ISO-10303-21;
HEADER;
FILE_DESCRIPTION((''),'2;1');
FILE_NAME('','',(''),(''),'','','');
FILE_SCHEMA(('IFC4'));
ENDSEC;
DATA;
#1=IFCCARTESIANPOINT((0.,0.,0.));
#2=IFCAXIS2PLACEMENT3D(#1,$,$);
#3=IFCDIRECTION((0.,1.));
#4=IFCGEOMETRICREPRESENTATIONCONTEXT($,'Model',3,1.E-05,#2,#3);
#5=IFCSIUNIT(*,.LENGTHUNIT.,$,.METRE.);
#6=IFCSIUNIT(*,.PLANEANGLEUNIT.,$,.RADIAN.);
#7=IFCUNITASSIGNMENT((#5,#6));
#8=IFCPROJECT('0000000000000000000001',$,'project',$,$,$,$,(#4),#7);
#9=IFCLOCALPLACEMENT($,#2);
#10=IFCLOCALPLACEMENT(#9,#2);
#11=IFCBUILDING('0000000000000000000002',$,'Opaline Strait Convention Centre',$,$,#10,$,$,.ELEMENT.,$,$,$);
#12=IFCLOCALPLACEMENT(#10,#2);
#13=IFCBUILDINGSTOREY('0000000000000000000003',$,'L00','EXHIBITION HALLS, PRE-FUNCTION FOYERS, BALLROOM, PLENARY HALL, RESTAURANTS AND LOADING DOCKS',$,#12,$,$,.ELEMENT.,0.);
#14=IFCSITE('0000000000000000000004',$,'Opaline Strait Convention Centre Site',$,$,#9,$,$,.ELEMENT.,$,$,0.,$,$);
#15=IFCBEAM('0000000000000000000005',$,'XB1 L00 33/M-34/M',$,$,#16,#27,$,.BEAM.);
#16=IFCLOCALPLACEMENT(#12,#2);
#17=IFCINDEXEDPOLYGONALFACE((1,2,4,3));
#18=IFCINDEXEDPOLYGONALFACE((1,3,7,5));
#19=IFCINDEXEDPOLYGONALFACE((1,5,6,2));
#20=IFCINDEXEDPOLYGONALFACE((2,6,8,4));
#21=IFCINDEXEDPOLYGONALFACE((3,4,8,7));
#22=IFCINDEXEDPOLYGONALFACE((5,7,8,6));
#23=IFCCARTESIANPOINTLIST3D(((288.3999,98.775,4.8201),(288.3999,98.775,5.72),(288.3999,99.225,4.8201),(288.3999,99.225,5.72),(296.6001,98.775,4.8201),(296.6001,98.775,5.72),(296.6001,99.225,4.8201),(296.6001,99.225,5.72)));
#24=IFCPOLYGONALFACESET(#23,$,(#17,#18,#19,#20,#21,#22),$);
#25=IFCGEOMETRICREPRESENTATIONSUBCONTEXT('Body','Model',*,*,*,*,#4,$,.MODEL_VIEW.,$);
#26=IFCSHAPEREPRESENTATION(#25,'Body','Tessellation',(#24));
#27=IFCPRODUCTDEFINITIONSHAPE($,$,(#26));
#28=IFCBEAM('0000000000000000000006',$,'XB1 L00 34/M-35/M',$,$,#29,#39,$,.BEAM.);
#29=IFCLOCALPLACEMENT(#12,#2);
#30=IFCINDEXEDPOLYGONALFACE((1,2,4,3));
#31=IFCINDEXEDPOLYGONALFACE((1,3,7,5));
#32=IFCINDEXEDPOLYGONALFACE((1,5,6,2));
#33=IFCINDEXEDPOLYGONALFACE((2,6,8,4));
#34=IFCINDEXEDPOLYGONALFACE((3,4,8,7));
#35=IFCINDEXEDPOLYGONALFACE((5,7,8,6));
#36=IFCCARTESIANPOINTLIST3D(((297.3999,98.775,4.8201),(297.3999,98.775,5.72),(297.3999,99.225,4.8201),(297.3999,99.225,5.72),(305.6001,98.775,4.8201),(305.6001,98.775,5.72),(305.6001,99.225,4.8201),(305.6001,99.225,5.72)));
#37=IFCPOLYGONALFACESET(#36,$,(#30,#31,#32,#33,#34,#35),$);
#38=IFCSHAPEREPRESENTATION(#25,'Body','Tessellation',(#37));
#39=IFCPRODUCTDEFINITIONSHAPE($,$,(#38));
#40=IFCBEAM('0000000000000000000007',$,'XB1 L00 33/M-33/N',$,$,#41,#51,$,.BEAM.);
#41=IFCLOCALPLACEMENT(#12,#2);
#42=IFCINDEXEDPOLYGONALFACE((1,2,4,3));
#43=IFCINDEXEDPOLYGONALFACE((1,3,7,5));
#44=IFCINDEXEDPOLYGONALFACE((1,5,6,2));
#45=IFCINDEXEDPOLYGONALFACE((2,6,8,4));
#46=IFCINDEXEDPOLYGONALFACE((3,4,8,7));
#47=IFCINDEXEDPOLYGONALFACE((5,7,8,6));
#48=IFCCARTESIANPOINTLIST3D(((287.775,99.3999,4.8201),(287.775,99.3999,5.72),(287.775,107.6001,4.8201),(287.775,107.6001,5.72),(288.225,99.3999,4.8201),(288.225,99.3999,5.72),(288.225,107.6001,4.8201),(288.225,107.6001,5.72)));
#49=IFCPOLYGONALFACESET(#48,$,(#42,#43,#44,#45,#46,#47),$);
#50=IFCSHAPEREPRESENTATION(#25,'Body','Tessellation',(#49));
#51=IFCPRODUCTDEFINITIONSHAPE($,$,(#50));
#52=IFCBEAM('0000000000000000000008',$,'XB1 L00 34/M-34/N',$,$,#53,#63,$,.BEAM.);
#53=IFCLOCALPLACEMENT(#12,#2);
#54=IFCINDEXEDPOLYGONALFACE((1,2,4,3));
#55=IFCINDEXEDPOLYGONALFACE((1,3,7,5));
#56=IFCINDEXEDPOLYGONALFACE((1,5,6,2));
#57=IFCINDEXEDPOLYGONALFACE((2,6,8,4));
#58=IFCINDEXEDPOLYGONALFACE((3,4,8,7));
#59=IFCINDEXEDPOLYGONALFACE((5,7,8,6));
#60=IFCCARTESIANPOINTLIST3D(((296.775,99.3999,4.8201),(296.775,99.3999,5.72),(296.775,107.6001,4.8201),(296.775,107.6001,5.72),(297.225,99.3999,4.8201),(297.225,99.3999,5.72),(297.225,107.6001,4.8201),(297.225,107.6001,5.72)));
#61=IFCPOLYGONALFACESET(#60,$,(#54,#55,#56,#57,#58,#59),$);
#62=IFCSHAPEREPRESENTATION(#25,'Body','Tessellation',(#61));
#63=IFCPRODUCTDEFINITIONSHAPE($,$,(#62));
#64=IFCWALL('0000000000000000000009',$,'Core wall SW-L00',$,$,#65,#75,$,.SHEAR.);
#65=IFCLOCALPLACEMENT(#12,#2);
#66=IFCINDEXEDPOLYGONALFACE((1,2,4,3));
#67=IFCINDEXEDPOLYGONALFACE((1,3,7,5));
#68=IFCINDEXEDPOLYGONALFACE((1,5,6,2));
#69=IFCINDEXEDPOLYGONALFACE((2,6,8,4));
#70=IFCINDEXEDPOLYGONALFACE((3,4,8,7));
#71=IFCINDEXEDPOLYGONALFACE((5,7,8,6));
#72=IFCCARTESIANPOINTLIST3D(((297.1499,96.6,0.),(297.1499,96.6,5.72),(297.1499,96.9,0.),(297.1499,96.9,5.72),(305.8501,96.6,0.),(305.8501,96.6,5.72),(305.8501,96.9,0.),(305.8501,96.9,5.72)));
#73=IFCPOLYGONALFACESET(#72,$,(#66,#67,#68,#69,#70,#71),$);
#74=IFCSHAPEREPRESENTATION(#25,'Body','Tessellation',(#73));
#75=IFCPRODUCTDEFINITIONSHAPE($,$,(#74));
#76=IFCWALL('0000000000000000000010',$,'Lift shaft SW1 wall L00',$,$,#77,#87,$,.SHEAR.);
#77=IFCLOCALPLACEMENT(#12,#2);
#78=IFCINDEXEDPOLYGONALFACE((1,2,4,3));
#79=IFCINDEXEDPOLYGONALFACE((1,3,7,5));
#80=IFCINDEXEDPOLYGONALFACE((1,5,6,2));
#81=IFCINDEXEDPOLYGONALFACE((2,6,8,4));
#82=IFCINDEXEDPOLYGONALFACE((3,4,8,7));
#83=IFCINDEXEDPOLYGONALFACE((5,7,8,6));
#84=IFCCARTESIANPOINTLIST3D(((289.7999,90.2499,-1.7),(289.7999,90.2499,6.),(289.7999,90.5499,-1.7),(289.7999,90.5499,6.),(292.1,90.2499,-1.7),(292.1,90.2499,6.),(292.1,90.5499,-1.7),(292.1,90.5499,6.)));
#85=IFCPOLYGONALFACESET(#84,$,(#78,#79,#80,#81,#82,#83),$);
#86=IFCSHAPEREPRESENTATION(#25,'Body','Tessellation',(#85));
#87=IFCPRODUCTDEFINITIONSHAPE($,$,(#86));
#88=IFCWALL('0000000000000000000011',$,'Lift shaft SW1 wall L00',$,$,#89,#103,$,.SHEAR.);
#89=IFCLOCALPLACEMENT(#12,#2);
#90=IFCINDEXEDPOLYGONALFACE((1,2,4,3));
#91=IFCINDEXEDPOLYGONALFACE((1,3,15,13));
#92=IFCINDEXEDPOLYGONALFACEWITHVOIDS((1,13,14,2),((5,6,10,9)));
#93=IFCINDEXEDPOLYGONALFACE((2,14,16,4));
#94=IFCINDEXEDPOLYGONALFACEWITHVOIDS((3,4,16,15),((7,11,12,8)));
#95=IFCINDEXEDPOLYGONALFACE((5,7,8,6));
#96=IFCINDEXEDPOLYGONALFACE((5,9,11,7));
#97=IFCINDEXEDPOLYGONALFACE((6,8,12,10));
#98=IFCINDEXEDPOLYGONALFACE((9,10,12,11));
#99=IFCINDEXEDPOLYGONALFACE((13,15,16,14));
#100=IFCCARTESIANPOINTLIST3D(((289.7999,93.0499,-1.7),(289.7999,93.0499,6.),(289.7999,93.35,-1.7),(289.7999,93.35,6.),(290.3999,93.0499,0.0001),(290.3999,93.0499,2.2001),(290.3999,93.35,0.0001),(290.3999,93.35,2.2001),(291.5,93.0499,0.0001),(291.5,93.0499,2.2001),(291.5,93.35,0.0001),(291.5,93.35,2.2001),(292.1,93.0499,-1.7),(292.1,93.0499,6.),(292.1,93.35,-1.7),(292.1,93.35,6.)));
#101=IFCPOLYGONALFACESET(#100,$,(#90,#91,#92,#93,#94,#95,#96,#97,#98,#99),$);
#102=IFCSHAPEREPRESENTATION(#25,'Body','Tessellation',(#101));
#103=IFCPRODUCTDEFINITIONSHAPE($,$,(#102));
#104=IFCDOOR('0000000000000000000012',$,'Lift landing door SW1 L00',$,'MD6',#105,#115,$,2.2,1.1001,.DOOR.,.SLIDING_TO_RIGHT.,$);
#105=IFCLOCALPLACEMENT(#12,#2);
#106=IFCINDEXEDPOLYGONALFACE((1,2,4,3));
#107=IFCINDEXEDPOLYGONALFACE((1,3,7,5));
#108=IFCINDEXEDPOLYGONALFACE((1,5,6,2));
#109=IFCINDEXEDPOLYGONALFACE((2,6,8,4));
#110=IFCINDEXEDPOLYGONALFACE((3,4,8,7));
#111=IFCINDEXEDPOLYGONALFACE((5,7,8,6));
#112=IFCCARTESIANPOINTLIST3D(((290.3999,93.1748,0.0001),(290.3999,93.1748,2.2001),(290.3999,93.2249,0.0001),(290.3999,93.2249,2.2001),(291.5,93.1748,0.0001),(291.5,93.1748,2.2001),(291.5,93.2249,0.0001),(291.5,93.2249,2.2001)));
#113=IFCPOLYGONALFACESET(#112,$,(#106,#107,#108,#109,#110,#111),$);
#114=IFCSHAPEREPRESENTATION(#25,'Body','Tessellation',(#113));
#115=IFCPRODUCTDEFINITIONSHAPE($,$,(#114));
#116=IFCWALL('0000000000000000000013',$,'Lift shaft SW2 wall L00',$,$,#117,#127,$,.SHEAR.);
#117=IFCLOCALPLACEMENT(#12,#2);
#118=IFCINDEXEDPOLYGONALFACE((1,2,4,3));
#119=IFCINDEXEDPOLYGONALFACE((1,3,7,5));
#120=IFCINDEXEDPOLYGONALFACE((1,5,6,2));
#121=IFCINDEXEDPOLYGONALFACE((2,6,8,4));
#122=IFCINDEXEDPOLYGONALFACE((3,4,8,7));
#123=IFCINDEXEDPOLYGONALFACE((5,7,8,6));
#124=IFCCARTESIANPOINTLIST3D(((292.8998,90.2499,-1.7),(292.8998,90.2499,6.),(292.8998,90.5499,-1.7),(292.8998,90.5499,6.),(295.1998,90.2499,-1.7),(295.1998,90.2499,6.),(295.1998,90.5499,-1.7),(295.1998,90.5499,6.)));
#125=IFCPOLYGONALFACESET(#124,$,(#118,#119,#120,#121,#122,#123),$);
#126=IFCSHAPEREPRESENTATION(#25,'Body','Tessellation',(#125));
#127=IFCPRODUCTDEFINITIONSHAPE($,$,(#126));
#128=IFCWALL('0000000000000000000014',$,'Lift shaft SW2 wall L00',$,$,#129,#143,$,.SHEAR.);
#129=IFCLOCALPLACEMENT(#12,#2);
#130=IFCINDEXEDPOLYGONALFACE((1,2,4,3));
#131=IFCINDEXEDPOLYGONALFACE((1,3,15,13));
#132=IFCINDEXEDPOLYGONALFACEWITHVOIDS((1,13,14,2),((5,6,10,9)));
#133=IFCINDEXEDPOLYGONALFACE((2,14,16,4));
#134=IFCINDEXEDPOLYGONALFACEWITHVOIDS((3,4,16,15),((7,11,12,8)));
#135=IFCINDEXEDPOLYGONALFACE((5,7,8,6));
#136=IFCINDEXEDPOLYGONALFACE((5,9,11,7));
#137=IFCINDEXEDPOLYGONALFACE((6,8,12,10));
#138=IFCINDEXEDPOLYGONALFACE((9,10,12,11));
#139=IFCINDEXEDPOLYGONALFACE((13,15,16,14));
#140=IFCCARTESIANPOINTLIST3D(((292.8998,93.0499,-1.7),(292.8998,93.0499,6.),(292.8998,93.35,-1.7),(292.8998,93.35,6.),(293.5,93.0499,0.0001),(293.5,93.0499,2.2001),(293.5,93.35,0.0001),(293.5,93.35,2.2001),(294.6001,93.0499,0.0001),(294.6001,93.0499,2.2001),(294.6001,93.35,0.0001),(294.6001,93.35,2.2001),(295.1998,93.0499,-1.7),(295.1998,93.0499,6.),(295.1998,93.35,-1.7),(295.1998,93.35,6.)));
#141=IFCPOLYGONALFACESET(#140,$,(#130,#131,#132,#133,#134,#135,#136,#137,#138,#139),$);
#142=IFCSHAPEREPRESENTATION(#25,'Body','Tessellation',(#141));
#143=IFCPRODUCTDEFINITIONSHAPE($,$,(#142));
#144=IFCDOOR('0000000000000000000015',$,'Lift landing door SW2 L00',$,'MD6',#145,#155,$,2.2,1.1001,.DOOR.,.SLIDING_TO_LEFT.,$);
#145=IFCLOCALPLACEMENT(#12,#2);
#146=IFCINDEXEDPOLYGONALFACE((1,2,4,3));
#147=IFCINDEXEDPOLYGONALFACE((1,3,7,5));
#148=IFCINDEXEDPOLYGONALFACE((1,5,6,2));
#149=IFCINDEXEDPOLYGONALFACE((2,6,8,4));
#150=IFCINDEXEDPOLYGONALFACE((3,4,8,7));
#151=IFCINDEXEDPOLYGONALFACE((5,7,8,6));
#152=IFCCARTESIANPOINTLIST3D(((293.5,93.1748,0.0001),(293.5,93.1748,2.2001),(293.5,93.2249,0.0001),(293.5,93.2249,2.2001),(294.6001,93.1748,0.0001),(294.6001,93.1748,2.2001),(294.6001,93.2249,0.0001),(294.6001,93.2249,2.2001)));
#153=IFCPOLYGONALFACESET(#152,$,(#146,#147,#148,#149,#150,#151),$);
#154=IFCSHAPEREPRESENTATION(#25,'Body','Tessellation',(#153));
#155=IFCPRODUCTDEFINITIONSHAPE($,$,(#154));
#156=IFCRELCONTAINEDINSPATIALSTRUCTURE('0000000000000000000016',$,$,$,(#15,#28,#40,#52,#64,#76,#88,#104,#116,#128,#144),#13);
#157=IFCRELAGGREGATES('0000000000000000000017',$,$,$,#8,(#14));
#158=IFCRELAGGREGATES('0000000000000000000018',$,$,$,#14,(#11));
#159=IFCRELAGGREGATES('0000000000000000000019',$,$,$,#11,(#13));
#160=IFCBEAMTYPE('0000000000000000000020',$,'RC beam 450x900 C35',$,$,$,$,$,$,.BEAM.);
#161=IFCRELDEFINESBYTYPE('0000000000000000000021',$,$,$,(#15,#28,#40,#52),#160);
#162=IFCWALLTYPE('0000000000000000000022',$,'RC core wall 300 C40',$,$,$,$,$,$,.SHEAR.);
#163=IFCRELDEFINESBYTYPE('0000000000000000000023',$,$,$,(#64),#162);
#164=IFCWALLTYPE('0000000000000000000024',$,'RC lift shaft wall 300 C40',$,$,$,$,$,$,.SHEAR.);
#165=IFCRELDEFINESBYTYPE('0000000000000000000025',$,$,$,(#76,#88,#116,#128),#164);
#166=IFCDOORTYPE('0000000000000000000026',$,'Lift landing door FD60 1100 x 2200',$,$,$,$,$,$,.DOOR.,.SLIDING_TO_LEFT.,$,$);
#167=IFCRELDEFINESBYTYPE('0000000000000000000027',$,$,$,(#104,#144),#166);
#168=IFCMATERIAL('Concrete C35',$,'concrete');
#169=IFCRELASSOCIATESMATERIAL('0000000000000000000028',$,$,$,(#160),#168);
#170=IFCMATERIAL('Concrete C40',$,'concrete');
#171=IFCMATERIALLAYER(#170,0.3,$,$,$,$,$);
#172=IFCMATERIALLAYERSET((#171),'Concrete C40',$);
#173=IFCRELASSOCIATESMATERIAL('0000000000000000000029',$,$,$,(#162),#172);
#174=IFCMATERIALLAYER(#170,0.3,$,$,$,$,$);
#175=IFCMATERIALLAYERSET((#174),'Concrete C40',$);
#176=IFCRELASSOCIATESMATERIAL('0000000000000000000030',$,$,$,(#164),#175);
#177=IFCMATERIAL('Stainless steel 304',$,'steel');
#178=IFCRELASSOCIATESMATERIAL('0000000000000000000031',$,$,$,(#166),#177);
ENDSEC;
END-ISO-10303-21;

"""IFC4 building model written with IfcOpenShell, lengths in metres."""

from ifc_helpers import new_model, si_unit, direction, frame, frame_2d, origin, origin_2d, place, context, subcontext, project, spatial, rectangle, extrude, material, layer, layer_set, material_profile, profile_set, type_object, element, fill, save


model = new_model("IFC4")

# Units and contexts
model_context = context("Model", 3, precision=1e-05, world=origin(), true_north=direction((0.0, 1.0)))
body_context = subcontext(model_context, "Body", "Model", "MODEL_VIEW")
ifc_project = project(units=[si_unit("LENGTHUNIT", "METRE"), si_unit("PLANEANGLEUNIT", "RADIAN")], contexts=[model_context])

# Site, building, storey
site_placement = place(None, origin())
site = spatial("IfcSite", under=ifc_project, at=site_placement, Name="Opaline Strait Convention Centre Site", CompositionType="ELEMENT", RefElevation=0.0)
building_placement = place(site_placement, origin())
building = spatial("IfcBuilding", under=site, at=building_placement, Name="Opaline Strait Convention Centre", CompositionType="ELEMENT")
storey_placement = place(building_placement, origin())
storey = spatial("IfcBuildingStorey", under=building, at=storey_placement, Name="L00", Description="EXHIBITION HALLS, PRE-FUNCTION FOYERS, BALLROOM, PLENARY HALL, RESTAURANTS AND LOADING DOCKS", CompositionType="ELEMENT", Elevation=0.0)

# Shared definitions
ifc_material_1 = material(Name="Concrete C35", Category="concrete")

# Shared definitions
ifc_material_2 = material(Name="Concrete C40", Category="concrete")

# Beams
ifc_material_profile_1 = material_profile(ifc_material_1, rectangle(XDim=0.45, YDim=0.8999, at=origin_2d()), Name="RC 450x900")
ifc_profile_set_1 = profile_set([ifc_material_profile_1], Name="Concrete C35")
beam_type = type_object("IfcBeamType", Name="RC beam 450x900 C35", PredefinedType="BEAM", material=ifc_profile_set_1)
for number, where, z_axis, x_axis, name in (
    (1, (288.3999, 99.0, 5.27), (1.0, 0.0, 0.0), (0.0, 1.0, 0.0), "XB1 L00 33/M-34/M"),
    (2, (297.3999, 99.0, 5.27), (1.0, 0.0, 0.0), (0.0, 1.0, 0.0), "XB1 L00 34/M-35/M"),
    (3, (288.0, 99.3999, 5.27), (0.0, 1.0, 0.0), (-1.0, 0.0, 0.0), "XB1 L00 33/M-33/N"),
    (4, (297.0, 99.3999, 5.27), (0.0, 1.0, 0.0), (-1.0, 0.0, 0.0), "XB1 L00 34/M-34/N"),
):
    element("IfcBeam", number, at=place(storey_placement, frame(where, z_axis=z_axis, x_axis=x_axis)), inside=storey, type_object=beam_type, Name=name, PredefinedType="BEAM", context=body_context, shape_type="SweptSolid", body=[
        extrude(rectangle(XDim=0.45, YDim=0.8999, at=origin_2d()), origin(), (0.0, 0.0, 1.0), 8.2002),
    ])

# Shared definitions
ifc_layer_1 = layer(ifc_material_2, 0.3)
ifc_layer_set_1 = layer_set([ifc_layer_1], Name="Concrete C40")
wall_type_1 = type_object("IfcWallType", Name="RC core wall 300 C40", PredefinedType="SHEAR", material=ifc_layer_set_1)

# Walls
wall_1_placement = place(storey_placement, frame((297.1499, 96.75, 0.0), z_axis=(0.0, 0.0, 1.0), x_axis=(1.0, 0.0, 0.0)))
element("IfcWall", 5, at=wall_1_placement, inside=storey, type_object=wall_type_1, Name="Core wall SW-L00", PredefinedType="SHEAR", context=body_context, shape_type="SweptSolid", body=[
    extrude(rectangle(XDim=8.7002, YDim=0.3, at=frame_2d((4.3501, 0.0))), origin(), (0.0, 0.0, 1.0), 5.72),
])
ifc_layer_2 = layer(ifc_material_2, 0.3)
ifc_layer_set_2 = layer_set([ifc_layer_2], Name="Concrete C40")
wall_type_2 = type_object("IfcWallType", Name="RC lift shaft wall 300 C40", PredefinedType="SHEAR", material=ifc_layer_set_2)
wall_2_placement = place(storey_placement, frame((289.8, 90.3999, -1.7), z_axis=(0.0, 0.0, 1.0), x_axis=(1.0, 0.0, 0.0)))
element("IfcWall", 6, at=wall_2_placement, inside=storey, type_object=wall_type_2, Name="Lift shaft SW1 wall L00", PredefinedType="SHEAR", context=body_context, shape_type="SweptSolid", body=[
    extrude(rectangle(XDim=2.3, YDim=0.3, at=frame_2d((1.1499, 0.0))), origin(), (0.0, 0.0, 1.0), 7.7),
])

# Wall, opening, door
wall_3_placement = place(storey_placement, frame((289.8, 93.2, -1.7), z_axis=(0.0, 0.0, 1.0), x_axis=(1.0, 0.0, 0.0)))
wall_3 = element("IfcWall", 7, at=wall_3_placement, inside=storey, type_object=wall_type_2, Name="Lift shaft SW1 wall L00", PredefinedType="SHEAR", context=body_context, shape_type="SweptSolid", body=[
    extrude(rectangle(XDim=2.3, YDim=0.3, at=frame_2d((1.1499, 0.0))), origin(), (0.0, 0.0, 1.0), 7.7),
])
opening_1_placement = place(wall_3_placement, frame((0.5999, 0.0, 1.7)))
opening_1 = element("IfcOpeningElement", 8, at=opening_1_placement, cuts=wall_3, PredefinedType="OPENING", context=body_context, shape_type="SweptSolid", body=[
    extrude(rectangle(XDim=1.1001, YDim=2.2, at=frame_2d((0.55, 1.1001))), frame((0.0, 0.1599, 0.0), z_axis=(0.0, -1.0, 0.0), x_axis=(1.0, 0.0, 0.0)), (0.0, 0.0, 1.0), 0.3201),
])
ifc_material_3 = material(Name="Stainless steel 304", Category="steel")
door_type_1 = type_object("IfcDoorType", Name="Lift landing door FD60 1100 x 2200", OperationType="SLIDING_TO_LEFT", PredefinedType="DOOR", material=ifc_material_3)
door_1_placement = place(opening_1_placement, origin())
door_1 = element("IfcDoor", 9, at=door_1_placement, inside=storey, type_object=door_type_1, Name="Lift landing door SW1 L00", ObjectType="MD6", OperationType="SLIDING_TO_RIGHT", OverallHeight=2.2, OverallWidth=1.1001, PredefinedType="DOOR", context=body_context, shape_type="SweptSolid", body=[
    extrude(rectangle(XDim=1.1001, YDim=2.2, at=frame_2d((0.55, 1.1001))), frame((0.0, 0.0249, 0.0), z_axis=(0.0, -1.0, 0.0), x_axis=(1.0, 0.0, 0.0)), (0.0, 0.0, 1.0), 0.05),
])
fill(opening_1, door_1)

# Wall
wall_4_placement = place(storey_placement, frame((292.8999, 90.3999, -1.7), z_axis=(0.0, 0.0, 1.0), x_axis=(1.0, 0.0, 0.0)))
element("IfcWall", 10, at=wall_4_placement, inside=storey, type_object=wall_type_2, Name="Lift shaft SW2 wall L00", PredefinedType="SHEAR", context=body_context, shape_type="SweptSolid", body=[
    extrude(rectangle(XDim=2.3, YDim=0.3, at=frame_2d((1.1499, 0.0))), origin(), (0.0, 0.0, 1.0), 7.7),
])

# Wall, opening, door
wall_5_placement = place(storey_placement, frame((292.8999, 93.2, -1.7), z_axis=(0.0, 0.0, 1.0), x_axis=(1.0, 0.0, 0.0)))
wall_5 = element("IfcWall", 11, at=wall_5_placement, inside=storey, type_object=wall_type_2, Name="Lift shaft SW2 wall L00", PredefinedType="SHEAR", context=body_context, shape_type="SweptSolid", body=[
    extrude(rectangle(XDim=2.3, YDim=0.3, at=frame_2d((1.1499, 0.0))), origin(), (0.0, 0.0, 1.0), 7.7),
])
opening_2_placement = place(wall_5_placement, frame((0.6001, 0.0, 1.7)))
opening_2 = element("IfcOpeningElement", 12, at=opening_2_placement, cuts=wall_5, PredefinedType="OPENING", context=body_context, shape_type="SweptSolid", body=[
    extrude(rectangle(XDim=1.1001, YDim=2.2, at=frame_2d((0.55, 1.1001))), frame((0.0, 0.1599, 0.0), z_axis=(0.0, -1.0, 0.0), x_axis=(1.0, 0.0, 0.0)), (0.0, 0.0, 1.0), 0.3201),
])
door_2_placement = place(opening_2_placement, origin())
door_2 = element("IfcDoor", 13, at=door_2_placement, inside=storey, type_object=door_type_1, Name="Lift landing door SW2 L00", ObjectType="MD6", OperationType="SLIDING_TO_LEFT", OverallHeight=2.2, OverallWidth=1.1001, PredefinedType="DOOR", context=body_context, shape_type="SweptSolid", body=[
    extrude(rectangle(XDim=1.1001, YDim=2.2, at=frame_2d((0.55, 1.1001))), frame((0.0, 0.0249, 0.0), z_axis=(0.0, -1.0, 0.0), x_axis=(1.0, 0.0, 0.0)), (0.0, 0.0, 1.0), 0.05),
])
fill(opening_2, door_2)

save(model, "model.ifc")
